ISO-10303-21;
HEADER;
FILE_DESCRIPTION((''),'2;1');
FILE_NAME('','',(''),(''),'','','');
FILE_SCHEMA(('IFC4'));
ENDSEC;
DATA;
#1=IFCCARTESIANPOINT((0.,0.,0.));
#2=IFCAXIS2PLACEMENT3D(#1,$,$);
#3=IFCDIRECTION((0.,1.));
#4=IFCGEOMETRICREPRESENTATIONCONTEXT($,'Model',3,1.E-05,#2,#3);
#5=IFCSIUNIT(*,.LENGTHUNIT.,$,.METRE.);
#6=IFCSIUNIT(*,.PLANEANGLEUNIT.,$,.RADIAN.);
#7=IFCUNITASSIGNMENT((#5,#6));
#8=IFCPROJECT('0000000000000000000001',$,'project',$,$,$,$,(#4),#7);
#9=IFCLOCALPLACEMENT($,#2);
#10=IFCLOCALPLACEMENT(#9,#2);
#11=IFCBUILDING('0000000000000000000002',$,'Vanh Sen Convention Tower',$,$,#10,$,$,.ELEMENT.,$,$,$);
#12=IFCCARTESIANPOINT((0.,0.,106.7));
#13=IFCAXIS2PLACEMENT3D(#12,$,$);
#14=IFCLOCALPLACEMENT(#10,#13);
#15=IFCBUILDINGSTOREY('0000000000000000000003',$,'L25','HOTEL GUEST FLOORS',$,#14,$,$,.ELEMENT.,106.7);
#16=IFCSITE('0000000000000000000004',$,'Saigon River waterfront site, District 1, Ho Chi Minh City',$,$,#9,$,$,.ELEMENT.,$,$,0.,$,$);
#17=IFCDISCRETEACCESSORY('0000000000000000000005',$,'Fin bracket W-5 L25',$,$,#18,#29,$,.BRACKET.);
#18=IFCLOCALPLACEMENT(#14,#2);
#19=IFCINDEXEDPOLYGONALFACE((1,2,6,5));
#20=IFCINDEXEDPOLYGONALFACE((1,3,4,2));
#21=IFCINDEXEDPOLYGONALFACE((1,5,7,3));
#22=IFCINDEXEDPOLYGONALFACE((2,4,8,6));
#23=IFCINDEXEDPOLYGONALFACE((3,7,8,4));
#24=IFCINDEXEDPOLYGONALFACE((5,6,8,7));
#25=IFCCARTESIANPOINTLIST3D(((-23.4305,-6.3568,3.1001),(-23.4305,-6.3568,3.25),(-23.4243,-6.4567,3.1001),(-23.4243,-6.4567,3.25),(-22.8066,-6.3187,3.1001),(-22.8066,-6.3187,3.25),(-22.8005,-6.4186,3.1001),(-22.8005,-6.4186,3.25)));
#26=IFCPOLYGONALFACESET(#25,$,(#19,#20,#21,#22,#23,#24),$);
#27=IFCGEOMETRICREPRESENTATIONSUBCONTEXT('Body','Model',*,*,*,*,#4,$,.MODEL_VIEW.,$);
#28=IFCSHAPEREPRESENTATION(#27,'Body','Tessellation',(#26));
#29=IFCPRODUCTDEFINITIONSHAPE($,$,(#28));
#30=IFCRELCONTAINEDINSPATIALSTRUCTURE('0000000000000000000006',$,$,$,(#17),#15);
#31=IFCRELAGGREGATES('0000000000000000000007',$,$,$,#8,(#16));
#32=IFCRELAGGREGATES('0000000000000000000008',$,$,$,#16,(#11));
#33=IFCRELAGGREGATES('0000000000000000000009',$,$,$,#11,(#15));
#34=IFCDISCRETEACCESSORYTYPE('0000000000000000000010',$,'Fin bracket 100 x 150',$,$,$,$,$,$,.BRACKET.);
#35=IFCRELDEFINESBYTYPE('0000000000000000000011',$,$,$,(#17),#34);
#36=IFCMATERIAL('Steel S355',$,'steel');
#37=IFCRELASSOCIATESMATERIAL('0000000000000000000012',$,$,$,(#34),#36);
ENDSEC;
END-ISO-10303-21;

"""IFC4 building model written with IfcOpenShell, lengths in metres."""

from ifc_helpers import new_model, si_unit, direction, frame, origin, origin_2d, place, context, subcontext, project, spatial, rectangle, extrude, material, type_object, element, save


model = new_model("IFC4")

# Units and contexts
model_context = context("Model", 3, precision=1e-05, world=origin(), true_north=direction((0.0, 1.0)))
body_context = subcontext(model_context, "Body", "Model", "MODEL_VIEW")
ifc_project = project(units=[si_unit("LENGTHUNIT", "METRE"), si_unit("PLANEANGLEUNIT", "RADIAN")], contexts=[model_context])

# Site, building, storey
site_placement = place(None, origin())
site = spatial("IfcSite", under=ifc_project, at=site_placement, Name="Saigon River waterfront site, District 1, Ho Chi Minh City", CompositionType="ELEMENT", RefElevation=0.0)
building_placement = place(site_placement, origin())
building = spatial("IfcBuilding", under=site, at=building_placement, Name="Vanh Sen Convention Tower", CompositionType="ELEMENT")
storey_placement = place(building_placement, frame((0.0, 0.0, 106.7)))
storey = spatial("IfcBuildingStorey", under=building, at=storey_placement, Name="L25", Description="HOTEL GUEST FLOORS", CompositionType="ELEMENT", Elevation=106.7)

# Discrete accessory
ifc_material_1 = material(Name="Steel S355", Category="steel")
discrete_accessory_type = type_object("IfcDiscreteAccessoryType", Name="Fin bracket 100 x 150", PredefinedType="BRACKET", material=ifc_material_1)
discrete_accessory_placement = place(storey_placement, frame((-23.1155, -6.3877, 3.1001), z_axis=(0.0, 0.0, 1.0), x_axis=(-0.998135, -0.061049, 0.0)))
element("IfcDiscreteAccessory", 1, at=discrete_accessory_placement, inside=storey, type_object=discrete_accessory_type, Name="Fin bracket W-5 L25", PredefinedType="BRACKET", context=body_context, shape_type="SweptSolid", body=[
    extrude(rectangle(XDim=0.625, YDim=0.1001, at=origin_2d()), origin(), (0.0, 0.0, 1.0), 0.1499),
])

save(model, "model.ifc")
